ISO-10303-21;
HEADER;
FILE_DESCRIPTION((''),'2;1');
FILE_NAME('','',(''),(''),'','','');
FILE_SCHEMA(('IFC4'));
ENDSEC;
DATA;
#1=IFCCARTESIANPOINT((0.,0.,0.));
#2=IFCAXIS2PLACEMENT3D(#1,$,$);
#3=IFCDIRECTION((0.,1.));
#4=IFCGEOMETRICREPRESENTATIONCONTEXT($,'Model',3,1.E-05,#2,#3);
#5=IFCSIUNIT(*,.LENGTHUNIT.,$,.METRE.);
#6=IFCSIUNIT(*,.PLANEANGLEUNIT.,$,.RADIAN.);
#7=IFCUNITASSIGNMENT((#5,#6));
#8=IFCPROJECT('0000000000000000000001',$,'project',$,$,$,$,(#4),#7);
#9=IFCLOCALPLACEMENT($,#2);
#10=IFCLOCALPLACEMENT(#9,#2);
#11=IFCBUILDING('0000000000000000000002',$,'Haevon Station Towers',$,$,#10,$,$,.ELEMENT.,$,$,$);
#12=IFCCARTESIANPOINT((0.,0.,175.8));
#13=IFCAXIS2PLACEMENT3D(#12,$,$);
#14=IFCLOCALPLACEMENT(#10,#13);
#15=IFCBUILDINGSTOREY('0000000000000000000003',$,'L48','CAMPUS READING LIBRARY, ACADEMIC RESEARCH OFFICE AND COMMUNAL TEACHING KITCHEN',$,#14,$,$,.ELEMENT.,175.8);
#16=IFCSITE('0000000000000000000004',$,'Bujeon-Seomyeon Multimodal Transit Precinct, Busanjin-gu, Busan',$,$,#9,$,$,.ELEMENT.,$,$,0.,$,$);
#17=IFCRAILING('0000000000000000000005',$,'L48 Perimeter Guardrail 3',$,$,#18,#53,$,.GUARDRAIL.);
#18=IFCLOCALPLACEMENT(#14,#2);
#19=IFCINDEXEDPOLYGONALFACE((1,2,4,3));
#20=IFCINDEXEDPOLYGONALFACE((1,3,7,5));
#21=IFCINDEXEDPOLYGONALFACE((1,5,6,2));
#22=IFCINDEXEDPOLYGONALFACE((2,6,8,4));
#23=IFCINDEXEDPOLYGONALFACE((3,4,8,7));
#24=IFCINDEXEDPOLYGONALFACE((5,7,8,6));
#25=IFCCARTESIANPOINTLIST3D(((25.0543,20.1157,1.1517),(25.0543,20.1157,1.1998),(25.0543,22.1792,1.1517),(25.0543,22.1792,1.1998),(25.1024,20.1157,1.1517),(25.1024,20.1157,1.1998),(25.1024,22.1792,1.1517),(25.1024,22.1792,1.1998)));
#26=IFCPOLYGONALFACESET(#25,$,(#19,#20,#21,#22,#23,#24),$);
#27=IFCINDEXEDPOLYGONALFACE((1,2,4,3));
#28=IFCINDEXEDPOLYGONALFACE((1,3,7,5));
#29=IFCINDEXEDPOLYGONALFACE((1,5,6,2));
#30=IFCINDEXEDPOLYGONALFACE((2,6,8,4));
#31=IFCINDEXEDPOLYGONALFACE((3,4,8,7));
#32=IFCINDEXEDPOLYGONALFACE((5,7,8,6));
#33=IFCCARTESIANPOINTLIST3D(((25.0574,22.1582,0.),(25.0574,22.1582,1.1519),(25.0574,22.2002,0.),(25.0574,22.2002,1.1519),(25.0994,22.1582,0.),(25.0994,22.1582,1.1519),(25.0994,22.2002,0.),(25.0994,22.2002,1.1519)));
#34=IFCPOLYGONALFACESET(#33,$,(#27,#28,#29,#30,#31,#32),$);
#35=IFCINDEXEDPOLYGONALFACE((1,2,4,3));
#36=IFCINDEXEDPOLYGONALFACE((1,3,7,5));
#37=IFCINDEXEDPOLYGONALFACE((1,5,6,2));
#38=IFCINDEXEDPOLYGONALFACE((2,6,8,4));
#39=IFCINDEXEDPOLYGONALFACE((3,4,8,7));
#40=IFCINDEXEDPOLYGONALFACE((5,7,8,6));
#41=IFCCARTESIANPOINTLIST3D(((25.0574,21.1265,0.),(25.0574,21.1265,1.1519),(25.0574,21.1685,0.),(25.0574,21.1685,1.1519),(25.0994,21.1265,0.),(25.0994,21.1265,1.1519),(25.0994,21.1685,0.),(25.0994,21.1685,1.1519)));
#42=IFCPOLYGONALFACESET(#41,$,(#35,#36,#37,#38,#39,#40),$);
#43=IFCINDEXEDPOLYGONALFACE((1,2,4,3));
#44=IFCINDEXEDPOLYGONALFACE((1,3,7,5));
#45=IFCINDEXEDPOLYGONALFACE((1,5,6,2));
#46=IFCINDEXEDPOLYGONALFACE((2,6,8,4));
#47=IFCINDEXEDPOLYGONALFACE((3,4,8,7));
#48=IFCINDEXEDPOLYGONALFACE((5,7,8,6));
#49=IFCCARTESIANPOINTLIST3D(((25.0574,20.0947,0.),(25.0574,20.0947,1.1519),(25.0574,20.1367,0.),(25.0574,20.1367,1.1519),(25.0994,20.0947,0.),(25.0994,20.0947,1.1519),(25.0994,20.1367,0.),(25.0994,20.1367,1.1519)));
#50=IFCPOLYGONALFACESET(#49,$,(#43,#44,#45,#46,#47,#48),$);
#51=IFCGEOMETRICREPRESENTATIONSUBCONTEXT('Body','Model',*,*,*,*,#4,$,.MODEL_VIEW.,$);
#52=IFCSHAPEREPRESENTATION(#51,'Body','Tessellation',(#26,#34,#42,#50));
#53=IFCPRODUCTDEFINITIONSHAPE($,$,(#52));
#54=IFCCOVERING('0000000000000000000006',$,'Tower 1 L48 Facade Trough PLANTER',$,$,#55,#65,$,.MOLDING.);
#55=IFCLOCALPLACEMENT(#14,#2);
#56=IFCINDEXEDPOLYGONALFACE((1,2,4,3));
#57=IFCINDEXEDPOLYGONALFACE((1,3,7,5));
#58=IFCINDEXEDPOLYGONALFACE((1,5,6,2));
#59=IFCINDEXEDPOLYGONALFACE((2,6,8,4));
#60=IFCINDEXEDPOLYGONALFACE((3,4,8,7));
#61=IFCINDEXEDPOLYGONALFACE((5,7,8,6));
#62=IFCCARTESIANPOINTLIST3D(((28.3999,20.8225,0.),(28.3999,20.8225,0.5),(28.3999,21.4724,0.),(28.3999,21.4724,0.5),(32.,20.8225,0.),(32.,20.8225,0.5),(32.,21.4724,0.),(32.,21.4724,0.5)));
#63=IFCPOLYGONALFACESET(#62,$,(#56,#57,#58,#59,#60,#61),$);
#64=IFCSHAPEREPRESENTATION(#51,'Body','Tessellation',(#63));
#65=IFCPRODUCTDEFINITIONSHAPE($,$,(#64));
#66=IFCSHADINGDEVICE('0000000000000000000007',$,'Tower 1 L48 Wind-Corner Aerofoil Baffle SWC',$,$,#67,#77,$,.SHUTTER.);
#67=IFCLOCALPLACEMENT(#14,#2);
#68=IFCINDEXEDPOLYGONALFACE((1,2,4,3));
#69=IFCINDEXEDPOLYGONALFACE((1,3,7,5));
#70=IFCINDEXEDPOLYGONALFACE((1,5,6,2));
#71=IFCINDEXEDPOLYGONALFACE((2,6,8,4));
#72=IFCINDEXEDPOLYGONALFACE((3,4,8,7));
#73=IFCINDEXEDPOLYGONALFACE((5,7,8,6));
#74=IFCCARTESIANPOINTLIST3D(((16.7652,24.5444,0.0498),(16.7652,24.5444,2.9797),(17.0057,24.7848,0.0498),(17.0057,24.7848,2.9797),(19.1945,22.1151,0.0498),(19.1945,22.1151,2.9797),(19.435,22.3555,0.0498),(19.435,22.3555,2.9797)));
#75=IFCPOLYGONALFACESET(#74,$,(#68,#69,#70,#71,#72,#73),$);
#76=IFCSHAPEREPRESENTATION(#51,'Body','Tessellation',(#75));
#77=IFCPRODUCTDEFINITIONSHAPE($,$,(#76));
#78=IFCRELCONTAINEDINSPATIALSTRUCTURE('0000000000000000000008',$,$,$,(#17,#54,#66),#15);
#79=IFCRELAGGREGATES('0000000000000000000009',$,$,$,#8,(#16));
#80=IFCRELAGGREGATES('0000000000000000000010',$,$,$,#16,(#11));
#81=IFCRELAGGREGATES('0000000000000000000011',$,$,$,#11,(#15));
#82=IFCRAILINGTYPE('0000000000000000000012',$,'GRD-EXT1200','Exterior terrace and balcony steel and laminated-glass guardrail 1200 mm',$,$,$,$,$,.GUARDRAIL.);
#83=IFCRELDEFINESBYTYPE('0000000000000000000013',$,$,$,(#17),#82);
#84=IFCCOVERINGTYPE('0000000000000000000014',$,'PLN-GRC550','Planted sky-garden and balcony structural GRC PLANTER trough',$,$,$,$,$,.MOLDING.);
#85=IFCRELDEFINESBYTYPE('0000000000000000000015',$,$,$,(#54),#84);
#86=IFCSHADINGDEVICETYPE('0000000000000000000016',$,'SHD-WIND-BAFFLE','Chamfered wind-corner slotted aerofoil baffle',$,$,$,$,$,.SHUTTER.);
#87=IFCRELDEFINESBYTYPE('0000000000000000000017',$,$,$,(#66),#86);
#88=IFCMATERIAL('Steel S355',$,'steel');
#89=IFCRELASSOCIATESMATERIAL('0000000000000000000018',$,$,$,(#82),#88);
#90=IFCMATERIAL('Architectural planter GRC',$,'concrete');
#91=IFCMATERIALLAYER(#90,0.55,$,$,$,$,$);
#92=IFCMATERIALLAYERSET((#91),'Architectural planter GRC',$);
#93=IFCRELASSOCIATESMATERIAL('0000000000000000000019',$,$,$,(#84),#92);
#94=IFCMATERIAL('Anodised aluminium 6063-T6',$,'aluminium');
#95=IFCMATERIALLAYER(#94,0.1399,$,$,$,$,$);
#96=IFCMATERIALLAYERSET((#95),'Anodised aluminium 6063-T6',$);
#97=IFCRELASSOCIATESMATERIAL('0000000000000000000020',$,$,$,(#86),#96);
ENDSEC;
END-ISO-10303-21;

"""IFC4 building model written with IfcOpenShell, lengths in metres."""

from ifc_helpers import new_model, si_unit, direction, frame, origin, origin_2d, place, context, subcontext, project, spatial, rectangle, extrude, material, layer, layer_set, type_object, element, save


model = new_model("IFC4")

# Units and contexts
model_context = context("Model", 3, precision=1e-05, world=origin(), true_north=direction((0.0, 1.0)))
body_context = subcontext(model_context, "Body", "Model", "MODEL_VIEW")
ifc_project = project(units=[si_unit("LENGTHUNIT", "METRE"), si_unit("PLANEANGLEUNIT", "RADIAN")], contexts=[model_context])

# Site, building, storey
site_placement = place(None, origin())
site = spatial("IfcSite", under=ifc_project, at=site_placement, Name="Bujeon-Seomyeon Multimodal Transit Precinct, Busanjin-gu, Busan", CompositionType="ELEMENT", RefElevation=0.0)
building_placement = place(site_placement, origin())
building = spatial("IfcBuilding", under=site, at=building_placement, Name="Haevon Station Towers", CompositionType="ELEMENT")
storey_placement = place(building_placement, frame((0.0, 0.0, 175.8)))
storey = spatial("IfcBuildingStorey", under=building, at=storey_placement, Name="L48", Description="CAMPUS READING LIBRARY, ACADEMIC RESEARCH OFFICE AND COMMUNAL TEACHING KITCHEN", CompositionType="ELEMENT", Elevation=175.8)

# Shared definitions
ifc_material_1 = material(Name="Steel S355", Category="steel")

# Railing
railing_type = type_object("IfcRailingType", Name="GRD-EXT1200", Description="Exterior terrace and balcony steel and laminated-glass guardrail 1200 mm", PredefinedType="GUARDRAIL", material=ifc_material_1)
railing_1_placement = place(storey_placement, frame((25.0784, 22.1792, 0.0)))
element("IfcRailing", 1, at=railing_1_placement, inside=storey, type_object=railing_type, Name="L48 Perimeter Guardrail 3", PredefinedType="GUARDRAIL", context=body_context, shape_type="SweptSolid", body=[
    extrude(rectangle(XDim=0.0481, YDim=0.0481, at=origin_2d()), frame((0.0, 0.0, 1.1758), z_axis=(0.0, -1.0, 0.0), x_axis=(1.0, 0.0, 0.0)), (0.0, 0.0, 1.0), 2.0635),
    extrude(rectangle(XDim=0.042, YDim=0.042, at=origin_2d()), origin(), (0.0, 0.0, 1.0), 1.1519),
    extrude(rectangle(XDim=0.042, YDim=0.042, at=origin_2d()), frame((0.0, -1.0317, 0.0)), (0.0, 0.0, 1.0), 1.1519),
    extrude(rectangle(XDim=0.042, YDim=0.042, at=origin_2d()), frame((0.0, -2.0635, 0.0)), (0.0, 0.0, 1.0), 1.1519),
])

# Covering
ifc_material_2 = material(Name="Architectural planter GRC", Category="concrete")
ifc_layer_1 = layer(ifc_material_2, 0.55)
ifc_layer_set_1 = layer_set([ifc_layer_1], Name="Architectural planter GRC")
covering_type_1 = type_object("IfcCoveringType", Name="PLN-GRC550", Description="Planted sky-garden and balcony structural GRC PLANTER trough", PredefinedType="MOLDING", material=ifc_layer_set_1)
covering_1_placement = place(storey_placement, frame((30.2, 21.1475, 0.0), z_axis=(0.0, 0.0, 1.0), x_axis=(1.0, 0.0, 0.0)))
element("IfcCovering", 2, at=covering_1_placement, inside=storey, type_object=covering_type_1, Name="Tower 1 L48 Facade Trough PLANTER", PredefinedType="MOLDING", context=body_context, shape_type="SweptSolid", body=[
    extrude(rectangle(XDim=3.6001, YDim=0.6499, at=origin_2d()), origin(), (0.0, 0.0, 1.0), 0.5),
])

# Shading device
ifc_material_3 = material(Name="Anodised aluminium 6063-T6", Category="aluminium")
ifc_layer_2 = layer(ifc_material_3, 0.1399)
ifc_layer_set_2 = layer_set([ifc_layer_2], Name="Anodised aluminium 6063-T6")
shading_device_type = type_object("IfcShadingDeviceType", Name="SHD-WIND-BAFFLE", Description="Chamfered wind-corner slotted aerofoil baffle", PredefinedType="SHUTTER", material=ifc_layer_set_2)
shading_device_placement = place(storey_placement, frame((18.1001, 23.45, 0.0498), z_axis=(0.0, 0.0, 1.0), x_axis=(-0.707107, 0.707107, 0.0)))
element("IfcShadingDevice", 3, at=shading_device_placement, inside=storey, type_object=shading_device_type, Name="Tower 1 L48 Wind-Corner Aerofoil Baffle SWC", PredefinedType="SHUTTER", context=body_context, shape_type="SweptSolid", body=[
    extrude(rectangle(XDim=3.4355, YDim=0.3401, at=origin_2d()), origin(), (0.0, 0.0, 1.0), 2.9299),
])

save(model, "model.ifc")
